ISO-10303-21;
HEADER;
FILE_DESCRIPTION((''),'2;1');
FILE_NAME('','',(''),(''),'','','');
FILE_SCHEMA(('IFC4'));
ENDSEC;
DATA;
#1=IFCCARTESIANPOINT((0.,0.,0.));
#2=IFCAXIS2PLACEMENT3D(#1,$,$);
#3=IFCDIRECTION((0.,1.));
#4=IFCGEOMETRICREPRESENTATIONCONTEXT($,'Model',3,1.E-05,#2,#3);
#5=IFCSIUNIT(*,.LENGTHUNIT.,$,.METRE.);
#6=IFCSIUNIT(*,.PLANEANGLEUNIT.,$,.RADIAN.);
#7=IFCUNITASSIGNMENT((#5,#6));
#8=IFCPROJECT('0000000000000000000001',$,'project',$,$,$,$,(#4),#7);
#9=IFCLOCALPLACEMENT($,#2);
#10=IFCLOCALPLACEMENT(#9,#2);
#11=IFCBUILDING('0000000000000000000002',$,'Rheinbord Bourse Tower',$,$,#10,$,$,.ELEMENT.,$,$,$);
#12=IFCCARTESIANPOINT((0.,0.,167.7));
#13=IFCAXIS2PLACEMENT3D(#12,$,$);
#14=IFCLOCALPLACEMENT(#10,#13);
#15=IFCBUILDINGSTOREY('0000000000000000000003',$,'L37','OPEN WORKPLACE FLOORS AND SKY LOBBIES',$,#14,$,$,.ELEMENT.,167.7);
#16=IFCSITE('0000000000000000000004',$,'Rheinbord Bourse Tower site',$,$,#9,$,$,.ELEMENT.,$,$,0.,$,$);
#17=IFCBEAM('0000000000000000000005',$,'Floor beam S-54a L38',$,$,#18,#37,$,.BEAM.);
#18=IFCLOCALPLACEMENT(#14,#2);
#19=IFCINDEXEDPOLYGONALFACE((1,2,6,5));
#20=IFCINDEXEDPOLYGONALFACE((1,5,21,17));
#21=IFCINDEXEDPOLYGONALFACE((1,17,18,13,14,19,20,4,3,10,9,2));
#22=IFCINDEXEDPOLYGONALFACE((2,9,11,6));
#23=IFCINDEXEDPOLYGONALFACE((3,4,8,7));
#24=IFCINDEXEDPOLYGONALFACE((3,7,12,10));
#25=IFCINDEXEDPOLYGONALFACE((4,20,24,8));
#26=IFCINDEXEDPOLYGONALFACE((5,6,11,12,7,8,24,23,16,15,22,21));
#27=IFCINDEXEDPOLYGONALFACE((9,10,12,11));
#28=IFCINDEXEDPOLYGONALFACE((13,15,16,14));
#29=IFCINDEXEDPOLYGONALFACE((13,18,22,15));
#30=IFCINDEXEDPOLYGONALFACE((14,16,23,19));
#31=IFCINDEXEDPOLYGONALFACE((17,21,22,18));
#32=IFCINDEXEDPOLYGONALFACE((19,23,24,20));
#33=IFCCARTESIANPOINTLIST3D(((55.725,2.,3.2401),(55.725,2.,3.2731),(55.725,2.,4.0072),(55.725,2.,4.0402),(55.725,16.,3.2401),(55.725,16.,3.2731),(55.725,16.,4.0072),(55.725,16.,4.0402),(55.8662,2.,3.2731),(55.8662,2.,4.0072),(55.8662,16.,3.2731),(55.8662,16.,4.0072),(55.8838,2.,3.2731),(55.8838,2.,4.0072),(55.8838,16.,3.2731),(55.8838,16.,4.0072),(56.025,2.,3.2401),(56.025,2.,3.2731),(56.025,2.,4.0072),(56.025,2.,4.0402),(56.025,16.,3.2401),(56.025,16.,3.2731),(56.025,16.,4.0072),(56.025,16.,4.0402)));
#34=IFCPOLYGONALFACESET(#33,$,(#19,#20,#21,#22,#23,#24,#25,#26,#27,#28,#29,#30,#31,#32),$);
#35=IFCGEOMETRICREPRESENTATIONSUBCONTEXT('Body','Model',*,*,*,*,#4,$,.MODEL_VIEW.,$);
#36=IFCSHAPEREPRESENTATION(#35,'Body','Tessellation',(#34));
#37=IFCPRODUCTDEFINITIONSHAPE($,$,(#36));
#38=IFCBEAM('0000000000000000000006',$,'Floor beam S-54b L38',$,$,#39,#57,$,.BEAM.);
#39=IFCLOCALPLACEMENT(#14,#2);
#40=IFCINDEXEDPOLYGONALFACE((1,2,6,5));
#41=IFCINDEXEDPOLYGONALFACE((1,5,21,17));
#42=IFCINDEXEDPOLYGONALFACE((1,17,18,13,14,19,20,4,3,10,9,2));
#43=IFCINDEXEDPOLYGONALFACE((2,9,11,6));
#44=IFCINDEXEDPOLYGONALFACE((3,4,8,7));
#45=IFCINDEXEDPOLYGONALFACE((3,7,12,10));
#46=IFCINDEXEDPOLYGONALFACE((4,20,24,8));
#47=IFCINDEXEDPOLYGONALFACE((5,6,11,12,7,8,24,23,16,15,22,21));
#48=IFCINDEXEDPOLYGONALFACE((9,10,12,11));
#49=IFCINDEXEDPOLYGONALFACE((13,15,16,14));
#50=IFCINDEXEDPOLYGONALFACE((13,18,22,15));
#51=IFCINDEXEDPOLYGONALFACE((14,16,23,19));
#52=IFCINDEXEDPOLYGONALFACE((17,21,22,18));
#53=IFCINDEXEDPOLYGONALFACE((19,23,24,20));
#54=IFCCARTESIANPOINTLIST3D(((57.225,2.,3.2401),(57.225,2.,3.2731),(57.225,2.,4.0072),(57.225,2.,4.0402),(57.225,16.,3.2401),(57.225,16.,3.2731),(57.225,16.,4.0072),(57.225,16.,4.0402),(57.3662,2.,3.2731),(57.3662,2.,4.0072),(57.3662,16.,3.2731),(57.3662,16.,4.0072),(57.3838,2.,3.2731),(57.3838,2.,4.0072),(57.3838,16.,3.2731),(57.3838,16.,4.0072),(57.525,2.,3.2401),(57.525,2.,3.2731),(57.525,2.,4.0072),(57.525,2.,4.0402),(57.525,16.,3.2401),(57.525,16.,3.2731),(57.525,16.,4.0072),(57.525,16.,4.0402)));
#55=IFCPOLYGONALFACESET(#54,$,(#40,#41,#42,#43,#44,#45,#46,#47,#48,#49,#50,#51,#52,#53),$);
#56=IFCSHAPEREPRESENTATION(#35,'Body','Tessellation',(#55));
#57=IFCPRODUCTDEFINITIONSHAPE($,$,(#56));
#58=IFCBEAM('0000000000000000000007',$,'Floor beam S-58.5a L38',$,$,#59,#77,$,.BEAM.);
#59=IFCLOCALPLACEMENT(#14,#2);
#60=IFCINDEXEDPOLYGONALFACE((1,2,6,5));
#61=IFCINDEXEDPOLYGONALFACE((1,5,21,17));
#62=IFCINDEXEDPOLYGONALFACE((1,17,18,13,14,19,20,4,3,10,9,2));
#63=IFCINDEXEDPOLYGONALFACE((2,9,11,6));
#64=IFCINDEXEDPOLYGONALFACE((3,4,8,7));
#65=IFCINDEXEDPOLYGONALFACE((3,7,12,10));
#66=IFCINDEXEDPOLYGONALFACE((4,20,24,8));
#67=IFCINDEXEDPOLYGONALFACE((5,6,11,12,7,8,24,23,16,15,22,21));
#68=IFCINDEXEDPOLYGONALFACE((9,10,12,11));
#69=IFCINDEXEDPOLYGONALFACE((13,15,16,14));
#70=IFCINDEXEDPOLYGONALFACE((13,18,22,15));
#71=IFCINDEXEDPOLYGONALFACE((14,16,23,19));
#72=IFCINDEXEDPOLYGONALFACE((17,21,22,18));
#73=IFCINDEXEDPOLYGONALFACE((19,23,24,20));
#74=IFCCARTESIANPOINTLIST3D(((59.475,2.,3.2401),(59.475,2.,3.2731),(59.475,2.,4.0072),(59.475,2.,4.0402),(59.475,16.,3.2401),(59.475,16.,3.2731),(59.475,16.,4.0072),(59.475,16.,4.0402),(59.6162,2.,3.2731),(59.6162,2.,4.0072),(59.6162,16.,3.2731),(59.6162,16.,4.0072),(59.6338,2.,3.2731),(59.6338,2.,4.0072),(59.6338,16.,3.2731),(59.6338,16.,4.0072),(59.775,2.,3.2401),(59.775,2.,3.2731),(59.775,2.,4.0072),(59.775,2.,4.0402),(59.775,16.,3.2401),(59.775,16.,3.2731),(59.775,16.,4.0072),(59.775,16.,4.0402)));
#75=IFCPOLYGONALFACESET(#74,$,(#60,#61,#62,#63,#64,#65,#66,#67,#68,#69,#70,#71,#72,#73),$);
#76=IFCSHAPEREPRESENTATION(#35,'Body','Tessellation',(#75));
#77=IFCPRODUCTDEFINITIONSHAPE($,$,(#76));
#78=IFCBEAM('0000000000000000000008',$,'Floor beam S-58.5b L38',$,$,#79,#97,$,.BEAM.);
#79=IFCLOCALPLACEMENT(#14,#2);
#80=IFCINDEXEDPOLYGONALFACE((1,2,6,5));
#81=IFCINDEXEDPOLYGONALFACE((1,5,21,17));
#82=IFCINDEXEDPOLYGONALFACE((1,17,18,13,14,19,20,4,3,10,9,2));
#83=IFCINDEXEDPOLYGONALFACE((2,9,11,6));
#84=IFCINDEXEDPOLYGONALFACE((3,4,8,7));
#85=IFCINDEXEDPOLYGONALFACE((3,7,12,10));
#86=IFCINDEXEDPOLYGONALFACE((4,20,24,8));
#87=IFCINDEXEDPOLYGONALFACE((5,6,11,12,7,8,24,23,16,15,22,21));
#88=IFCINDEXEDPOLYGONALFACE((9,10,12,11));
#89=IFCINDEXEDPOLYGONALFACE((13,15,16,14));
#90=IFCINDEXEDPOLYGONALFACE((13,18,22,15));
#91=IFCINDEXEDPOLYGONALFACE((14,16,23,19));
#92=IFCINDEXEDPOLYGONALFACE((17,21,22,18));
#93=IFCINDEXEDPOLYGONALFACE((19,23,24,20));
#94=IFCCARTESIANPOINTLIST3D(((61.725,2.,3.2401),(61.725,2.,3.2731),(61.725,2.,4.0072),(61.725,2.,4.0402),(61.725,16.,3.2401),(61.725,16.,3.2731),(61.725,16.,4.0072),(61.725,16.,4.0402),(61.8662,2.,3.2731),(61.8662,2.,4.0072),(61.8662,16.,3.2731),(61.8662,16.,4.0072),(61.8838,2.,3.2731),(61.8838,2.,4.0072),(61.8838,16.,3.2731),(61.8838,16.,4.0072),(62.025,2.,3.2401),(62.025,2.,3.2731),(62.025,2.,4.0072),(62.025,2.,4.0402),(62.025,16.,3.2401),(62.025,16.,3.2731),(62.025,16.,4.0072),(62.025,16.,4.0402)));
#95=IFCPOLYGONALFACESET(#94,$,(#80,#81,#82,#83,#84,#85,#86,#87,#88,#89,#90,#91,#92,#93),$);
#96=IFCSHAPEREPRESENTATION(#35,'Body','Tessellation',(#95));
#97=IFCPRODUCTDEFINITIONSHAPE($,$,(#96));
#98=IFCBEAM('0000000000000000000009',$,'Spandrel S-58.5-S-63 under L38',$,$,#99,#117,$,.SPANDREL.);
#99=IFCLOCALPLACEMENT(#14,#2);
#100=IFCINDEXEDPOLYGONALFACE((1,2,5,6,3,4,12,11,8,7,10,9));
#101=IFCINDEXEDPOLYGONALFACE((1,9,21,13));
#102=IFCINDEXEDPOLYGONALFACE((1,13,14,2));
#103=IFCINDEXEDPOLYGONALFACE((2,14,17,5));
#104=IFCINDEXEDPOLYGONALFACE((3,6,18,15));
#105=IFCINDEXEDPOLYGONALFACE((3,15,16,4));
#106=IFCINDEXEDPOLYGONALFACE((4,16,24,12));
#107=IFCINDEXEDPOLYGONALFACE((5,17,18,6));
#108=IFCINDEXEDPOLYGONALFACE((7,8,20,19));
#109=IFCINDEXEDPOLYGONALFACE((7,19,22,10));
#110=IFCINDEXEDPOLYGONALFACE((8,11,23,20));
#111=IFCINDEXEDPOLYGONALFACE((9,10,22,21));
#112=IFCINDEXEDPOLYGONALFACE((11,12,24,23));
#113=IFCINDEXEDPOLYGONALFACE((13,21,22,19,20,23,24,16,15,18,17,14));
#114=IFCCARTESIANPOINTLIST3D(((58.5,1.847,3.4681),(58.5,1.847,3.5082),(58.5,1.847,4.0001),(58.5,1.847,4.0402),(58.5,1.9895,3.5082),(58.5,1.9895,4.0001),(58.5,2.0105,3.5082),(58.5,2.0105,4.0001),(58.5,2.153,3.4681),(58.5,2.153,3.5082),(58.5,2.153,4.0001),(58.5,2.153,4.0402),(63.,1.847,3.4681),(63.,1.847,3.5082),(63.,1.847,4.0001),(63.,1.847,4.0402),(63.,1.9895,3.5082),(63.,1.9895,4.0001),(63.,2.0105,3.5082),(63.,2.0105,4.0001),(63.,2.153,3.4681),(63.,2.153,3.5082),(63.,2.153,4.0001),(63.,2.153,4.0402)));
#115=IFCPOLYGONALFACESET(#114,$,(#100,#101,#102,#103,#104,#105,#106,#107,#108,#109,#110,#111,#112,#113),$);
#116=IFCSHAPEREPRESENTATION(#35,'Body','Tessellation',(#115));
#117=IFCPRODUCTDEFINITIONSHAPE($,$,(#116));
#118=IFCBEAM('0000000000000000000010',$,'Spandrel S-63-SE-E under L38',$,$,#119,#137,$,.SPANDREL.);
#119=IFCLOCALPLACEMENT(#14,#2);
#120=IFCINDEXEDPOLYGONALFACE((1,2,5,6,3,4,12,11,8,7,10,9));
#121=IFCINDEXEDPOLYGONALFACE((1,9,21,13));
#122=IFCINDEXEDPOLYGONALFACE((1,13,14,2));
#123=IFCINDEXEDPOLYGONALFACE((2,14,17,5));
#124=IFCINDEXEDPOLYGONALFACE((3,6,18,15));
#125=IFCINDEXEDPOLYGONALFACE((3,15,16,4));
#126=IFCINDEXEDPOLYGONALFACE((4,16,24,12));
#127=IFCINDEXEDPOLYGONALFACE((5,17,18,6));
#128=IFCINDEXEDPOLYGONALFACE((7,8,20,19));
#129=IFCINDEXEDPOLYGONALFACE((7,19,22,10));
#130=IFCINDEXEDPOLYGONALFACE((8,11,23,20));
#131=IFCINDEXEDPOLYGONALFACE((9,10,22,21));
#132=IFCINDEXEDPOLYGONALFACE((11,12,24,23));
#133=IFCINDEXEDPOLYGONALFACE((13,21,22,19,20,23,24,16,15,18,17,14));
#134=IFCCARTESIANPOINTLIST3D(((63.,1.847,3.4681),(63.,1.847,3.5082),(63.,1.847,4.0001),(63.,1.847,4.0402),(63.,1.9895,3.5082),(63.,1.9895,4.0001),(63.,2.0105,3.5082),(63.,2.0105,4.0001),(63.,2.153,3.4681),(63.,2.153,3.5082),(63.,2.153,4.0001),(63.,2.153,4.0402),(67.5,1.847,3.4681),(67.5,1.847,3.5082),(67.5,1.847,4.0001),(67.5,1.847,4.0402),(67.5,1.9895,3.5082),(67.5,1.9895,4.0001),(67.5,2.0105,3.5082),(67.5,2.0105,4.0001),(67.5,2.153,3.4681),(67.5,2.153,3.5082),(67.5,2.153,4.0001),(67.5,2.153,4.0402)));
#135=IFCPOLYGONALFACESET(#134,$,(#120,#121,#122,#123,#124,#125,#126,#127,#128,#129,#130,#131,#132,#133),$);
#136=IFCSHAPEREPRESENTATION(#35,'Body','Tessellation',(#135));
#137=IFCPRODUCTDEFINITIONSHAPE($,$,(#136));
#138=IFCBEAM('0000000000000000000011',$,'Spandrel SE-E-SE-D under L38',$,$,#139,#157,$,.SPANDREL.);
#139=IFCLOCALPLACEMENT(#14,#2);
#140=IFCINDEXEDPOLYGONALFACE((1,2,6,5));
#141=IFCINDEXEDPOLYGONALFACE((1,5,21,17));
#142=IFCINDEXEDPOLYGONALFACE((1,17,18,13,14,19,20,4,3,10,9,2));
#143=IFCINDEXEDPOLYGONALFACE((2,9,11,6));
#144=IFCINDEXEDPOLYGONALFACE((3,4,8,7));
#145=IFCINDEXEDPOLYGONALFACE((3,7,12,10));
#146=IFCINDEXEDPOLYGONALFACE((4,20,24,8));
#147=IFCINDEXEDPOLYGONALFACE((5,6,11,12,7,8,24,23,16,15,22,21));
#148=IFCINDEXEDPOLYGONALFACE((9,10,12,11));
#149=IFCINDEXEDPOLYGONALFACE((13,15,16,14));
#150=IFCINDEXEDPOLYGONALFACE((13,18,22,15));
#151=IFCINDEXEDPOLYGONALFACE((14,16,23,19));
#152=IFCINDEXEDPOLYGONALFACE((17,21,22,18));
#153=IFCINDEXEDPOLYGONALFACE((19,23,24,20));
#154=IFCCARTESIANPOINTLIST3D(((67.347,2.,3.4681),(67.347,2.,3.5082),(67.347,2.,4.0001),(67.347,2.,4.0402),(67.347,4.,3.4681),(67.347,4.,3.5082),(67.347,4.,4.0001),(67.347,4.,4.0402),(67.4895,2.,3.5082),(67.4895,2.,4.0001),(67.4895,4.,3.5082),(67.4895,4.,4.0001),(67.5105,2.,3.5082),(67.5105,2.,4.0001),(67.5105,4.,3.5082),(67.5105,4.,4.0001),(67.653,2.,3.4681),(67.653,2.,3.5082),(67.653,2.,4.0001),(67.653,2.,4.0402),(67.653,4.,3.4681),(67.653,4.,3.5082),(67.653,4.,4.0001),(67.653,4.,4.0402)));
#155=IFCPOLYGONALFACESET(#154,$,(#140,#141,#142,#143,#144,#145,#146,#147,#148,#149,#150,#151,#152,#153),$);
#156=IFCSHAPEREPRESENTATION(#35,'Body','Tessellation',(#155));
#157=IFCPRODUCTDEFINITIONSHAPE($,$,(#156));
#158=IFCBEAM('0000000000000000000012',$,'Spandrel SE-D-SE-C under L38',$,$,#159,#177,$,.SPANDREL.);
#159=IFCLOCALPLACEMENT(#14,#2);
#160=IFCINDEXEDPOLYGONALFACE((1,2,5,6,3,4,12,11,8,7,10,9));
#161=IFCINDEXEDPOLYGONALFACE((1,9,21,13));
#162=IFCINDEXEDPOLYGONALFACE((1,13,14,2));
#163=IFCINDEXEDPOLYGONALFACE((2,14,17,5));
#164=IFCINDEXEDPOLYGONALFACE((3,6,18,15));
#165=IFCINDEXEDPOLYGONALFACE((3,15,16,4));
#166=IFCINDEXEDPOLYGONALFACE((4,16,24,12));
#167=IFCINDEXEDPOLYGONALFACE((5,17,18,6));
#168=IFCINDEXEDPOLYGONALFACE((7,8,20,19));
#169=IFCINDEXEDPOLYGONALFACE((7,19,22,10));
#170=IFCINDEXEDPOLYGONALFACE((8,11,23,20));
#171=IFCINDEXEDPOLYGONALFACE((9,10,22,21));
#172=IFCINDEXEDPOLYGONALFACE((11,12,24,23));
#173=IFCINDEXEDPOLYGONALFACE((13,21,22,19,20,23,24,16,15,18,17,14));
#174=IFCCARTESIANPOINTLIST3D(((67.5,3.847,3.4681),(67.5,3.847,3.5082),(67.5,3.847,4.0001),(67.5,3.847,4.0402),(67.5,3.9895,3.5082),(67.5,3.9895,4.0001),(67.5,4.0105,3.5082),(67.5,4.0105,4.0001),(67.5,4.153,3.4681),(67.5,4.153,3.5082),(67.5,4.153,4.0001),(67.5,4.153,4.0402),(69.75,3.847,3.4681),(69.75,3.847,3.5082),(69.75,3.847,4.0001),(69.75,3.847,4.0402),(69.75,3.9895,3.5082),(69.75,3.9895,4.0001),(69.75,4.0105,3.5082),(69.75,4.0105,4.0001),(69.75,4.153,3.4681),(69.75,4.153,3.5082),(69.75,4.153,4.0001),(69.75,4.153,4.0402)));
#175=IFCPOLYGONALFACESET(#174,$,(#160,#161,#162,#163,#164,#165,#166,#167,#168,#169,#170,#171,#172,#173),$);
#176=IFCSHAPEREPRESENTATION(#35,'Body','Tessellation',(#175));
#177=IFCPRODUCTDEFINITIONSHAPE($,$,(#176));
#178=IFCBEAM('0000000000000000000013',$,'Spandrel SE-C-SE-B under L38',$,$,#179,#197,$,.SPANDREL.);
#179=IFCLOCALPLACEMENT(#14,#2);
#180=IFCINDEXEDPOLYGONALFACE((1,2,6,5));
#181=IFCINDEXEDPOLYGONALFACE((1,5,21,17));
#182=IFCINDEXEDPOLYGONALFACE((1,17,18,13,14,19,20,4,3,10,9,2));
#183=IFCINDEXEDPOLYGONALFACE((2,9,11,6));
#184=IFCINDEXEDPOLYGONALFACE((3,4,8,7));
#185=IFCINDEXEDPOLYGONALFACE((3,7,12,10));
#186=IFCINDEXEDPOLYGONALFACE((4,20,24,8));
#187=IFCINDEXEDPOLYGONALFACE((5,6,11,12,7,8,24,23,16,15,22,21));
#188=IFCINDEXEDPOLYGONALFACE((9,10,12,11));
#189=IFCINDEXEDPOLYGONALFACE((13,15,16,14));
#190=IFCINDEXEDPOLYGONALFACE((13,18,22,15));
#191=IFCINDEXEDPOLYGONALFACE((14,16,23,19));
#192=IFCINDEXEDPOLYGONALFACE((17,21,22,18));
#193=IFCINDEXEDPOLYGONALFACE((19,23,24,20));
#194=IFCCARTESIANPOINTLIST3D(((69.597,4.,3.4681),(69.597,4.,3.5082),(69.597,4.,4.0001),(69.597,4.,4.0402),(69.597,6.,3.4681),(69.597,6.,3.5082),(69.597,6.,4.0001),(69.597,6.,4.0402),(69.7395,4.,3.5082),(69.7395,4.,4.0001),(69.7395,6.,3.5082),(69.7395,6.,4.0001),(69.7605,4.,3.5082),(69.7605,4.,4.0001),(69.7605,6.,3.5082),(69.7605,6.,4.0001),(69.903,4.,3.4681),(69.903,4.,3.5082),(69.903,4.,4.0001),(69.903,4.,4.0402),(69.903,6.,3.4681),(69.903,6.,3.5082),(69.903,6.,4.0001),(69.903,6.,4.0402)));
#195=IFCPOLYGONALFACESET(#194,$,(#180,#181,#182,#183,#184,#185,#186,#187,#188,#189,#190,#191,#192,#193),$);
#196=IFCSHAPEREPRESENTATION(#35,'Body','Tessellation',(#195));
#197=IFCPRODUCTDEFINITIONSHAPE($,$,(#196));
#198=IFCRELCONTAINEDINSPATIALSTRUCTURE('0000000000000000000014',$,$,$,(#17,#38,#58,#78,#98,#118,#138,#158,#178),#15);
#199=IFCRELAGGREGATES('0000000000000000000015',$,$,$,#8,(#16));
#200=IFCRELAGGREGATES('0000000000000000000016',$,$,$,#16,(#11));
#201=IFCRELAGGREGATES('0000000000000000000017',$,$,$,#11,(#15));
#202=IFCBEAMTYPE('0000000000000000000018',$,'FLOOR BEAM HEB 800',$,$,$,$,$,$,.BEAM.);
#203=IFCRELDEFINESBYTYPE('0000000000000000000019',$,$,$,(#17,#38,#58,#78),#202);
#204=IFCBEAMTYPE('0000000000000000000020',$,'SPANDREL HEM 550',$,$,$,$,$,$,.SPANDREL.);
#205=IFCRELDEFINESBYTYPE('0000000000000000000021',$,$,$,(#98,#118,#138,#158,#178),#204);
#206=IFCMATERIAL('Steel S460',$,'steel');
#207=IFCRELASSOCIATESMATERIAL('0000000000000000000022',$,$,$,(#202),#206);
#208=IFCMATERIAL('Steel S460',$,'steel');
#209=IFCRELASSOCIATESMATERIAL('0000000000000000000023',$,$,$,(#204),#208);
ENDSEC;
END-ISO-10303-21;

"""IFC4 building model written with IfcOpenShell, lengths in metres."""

from ifc_helpers import new_model, si_unit, direction, frame, origin, origin_2d, place, context, subcontext, project, spatial, i_section, extrude, material, material_profile, profile_set, type_object, element, save


model = new_model("IFC4")

# Units and contexts
model_context = context("Model", 3, precision=1e-05, world=origin(), true_north=direction((0.0, 1.0)))
body_context = subcontext(model_context, "Body", "Model", "MODEL_VIEW")
ifc_project = project(units=[si_unit("LENGTHUNIT", "METRE"), si_unit("PLANEANGLEUNIT", "RADIAN")], contexts=[model_context])

# Site, building, storey
site_placement = place(None, origin())
site = spatial("IfcSite", under=ifc_project, at=site_placement, Name="Rheinbord Bourse Tower site", CompositionType="ELEMENT", RefElevation=0.0)
building_placement = place(site_placement, origin())
building = spatial("IfcBuilding", under=site, at=building_placement, Name="Rheinbord Bourse Tower", CompositionType="ELEMENT")
storey_placement = place(building_placement, frame((0.0, 0.0, 167.7)))
storey = spatial("IfcBuildingStorey", under=building, at=storey_placement, Name="L37", Description="OPEN WORKPLACE FLOORS AND SKY LOBBIES", CompositionType="ELEMENT", Elevation=167.7)

# Beams
ifc_material_1 = material(Name="Steel S460", Category="steel")
ifc_material_profile_1 = material_profile(ifc_material_1, i_section(OverallWidth=0.3, OverallDepth=0.8, WebThickness=0.0176, FlangeThickness=0.033, at=origin_2d()), Name="HEB 800")
ifc_profile_set_1 = profile_set([ifc_material_profile_1], Name="Steel S460")
beam_type_1 = type_object("IfcBeamType", Name="FLOOR BEAM HEB 800", PredefinedType="BEAM", material=ifc_profile_set_1)
for number, where, z_axis, x_axis, name in (
    (1, (55.875, 2.0, 3.6401), (0.0, 1.0, 0.0), (-1.0, 0.0, 0.0), "Floor beam S-54a L38"),
    (2, (57.375, 2.0, 3.6401), (0.0, 1.0, 0.0), (-1.0, 0.0, 0.0), "Floor beam S-54b L38"),
    (3, (59.625, 2.0, 3.6401), (0.0, 1.0, 0.0), (-1.0, 0.0, 0.0), "Floor beam S-58.5a L38"),
    (4, (61.875, 2.0, 3.6401), (0.0, 1.0, 0.0), (-1.0, 0.0, 0.0), "Floor beam S-58.5b L38"),
):
    element("IfcBeam", number, at=place(storey_placement, frame(where, z_axis=z_axis, x_axis=x_axis)), inside=storey, type_object=beam_type_1, Name=name, PredefinedType="BEAM", context=body_context, shape_type="SweptSolid", body=[
        extrude(i_section(OverallWidth=0.3, OverallDepth=0.8, WebThickness=0.0176, FlangeThickness=0.033, at=origin_2d()), origin(), (0.0, 0.0, 1.0), 14.0),
    ])
ifc_material_2 = material(Name="Steel S460", Category="steel")
ifc_material_profile_2 = material_profile(ifc_material_2, i_section(OverallWidth=0.3059, OverallDepth=0.572, WebThickness=0.021, FlangeThickness=0.04, at=origin_2d()), Name="HEM 550")
ifc_profile_set_2 = profile_set([ifc_material_profile_2], Name="Steel S460")
beam_type_2 = type_object("IfcBeamType", Name="SPANDREL HEM 550", PredefinedType="SPANDREL", material=ifc_profile_set_2)
for number, where, z_axis, x_axis, name in (
    (5, (58.5, 2.0, 3.7542), (1.0, 0.0, 0.0), (0.0, 1.0, 0.0), "Spandrel S-58.5-S-63 under L38"),
    (6, (63.0, 2.0, 3.7542), (1.0, 0.0, 0.0), (0.0, 1.0, 0.0), "Spandrel S-63-SE-E under L38"),
):
    element("IfcBeam", number, at=place(storey_placement, frame(where, z_axis=z_axis, x_axis=x_axis)), inside=storey, type_object=beam_type_2, Name=name, PredefinedType="SPANDREL", context=body_context, shape_type="SweptSolid", body=[
        extrude(i_section(OverallWidth=0.3059, OverallDepth=0.572, WebThickness=0.021, FlangeThickness=0.04, at=origin_2d()), origin(), (0.0, 0.0, 1.0), 4.5),
    ])
beam_1_placement = place(storey_placement, frame((67.5, 2.0, 3.7542), z_axis=(0.0, 1.0, 0.0), x_axis=(-1.0, 0.0, 0.0)))
element("IfcBeam", 7, at=beam_1_placement, inside=storey, type_object=beam_type_2, Name="Spandrel SE-E-SE-D under L38", PredefinedType="SPANDREL", context=body_context, shape_type="SweptSolid", body=[
    extrude(i_section(OverallWidth=0.3059, OverallDepth=0.572, WebThickness=0.021, FlangeThickness=0.04, at=origin_2d()), origin(), (0.0, 0.0, 1.0), 2.0),
])
beam_2_placement = place(storey_placement, frame((67.5, 4.0, 3.7542), z_axis=(1.0, 0.0, 0.0), x_axis=(0.0, 1.0, 0.0)))
element("IfcBeam", 8, at=beam_2_placement, inside=storey, type_object=beam_type_2, Name="Spandrel SE-D-SE-C under L38", PredefinedType="SPANDREL", context=body_context, shape_type="SweptSolid", body=[
    extrude(i_section(OverallWidth=0.3059, OverallDepth=0.572, WebThickness=0.021, FlangeThickness=0.04, at=origin_2d()), origin(), (0.0, 0.0, 1.0), 2.25),
])
beam_3_placement = place(storey_placement, frame((69.75, 4.0, 3.7542), z_axis=(0.0, 1.0, 0.0), x_axis=(-1.0, 0.0, 0.0)))
element("IfcBeam", 9, at=beam_3_placement, inside=storey, type_object=beam_type_2, Name="Spandrel SE-C-SE-B under L38", PredefinedType="SPANDREL", context=body_context, shape_type="SweptSolid", body=[
    extrude(i_section(OverallWidth=0.3059, OverallDepth=0.572, WebThickness=0.021, FlangeThickness=0.04, at=origin_2d()), origin(), (0.0, 0.0, 1.0), 2.0),
])

save(model, "model.ifc")
